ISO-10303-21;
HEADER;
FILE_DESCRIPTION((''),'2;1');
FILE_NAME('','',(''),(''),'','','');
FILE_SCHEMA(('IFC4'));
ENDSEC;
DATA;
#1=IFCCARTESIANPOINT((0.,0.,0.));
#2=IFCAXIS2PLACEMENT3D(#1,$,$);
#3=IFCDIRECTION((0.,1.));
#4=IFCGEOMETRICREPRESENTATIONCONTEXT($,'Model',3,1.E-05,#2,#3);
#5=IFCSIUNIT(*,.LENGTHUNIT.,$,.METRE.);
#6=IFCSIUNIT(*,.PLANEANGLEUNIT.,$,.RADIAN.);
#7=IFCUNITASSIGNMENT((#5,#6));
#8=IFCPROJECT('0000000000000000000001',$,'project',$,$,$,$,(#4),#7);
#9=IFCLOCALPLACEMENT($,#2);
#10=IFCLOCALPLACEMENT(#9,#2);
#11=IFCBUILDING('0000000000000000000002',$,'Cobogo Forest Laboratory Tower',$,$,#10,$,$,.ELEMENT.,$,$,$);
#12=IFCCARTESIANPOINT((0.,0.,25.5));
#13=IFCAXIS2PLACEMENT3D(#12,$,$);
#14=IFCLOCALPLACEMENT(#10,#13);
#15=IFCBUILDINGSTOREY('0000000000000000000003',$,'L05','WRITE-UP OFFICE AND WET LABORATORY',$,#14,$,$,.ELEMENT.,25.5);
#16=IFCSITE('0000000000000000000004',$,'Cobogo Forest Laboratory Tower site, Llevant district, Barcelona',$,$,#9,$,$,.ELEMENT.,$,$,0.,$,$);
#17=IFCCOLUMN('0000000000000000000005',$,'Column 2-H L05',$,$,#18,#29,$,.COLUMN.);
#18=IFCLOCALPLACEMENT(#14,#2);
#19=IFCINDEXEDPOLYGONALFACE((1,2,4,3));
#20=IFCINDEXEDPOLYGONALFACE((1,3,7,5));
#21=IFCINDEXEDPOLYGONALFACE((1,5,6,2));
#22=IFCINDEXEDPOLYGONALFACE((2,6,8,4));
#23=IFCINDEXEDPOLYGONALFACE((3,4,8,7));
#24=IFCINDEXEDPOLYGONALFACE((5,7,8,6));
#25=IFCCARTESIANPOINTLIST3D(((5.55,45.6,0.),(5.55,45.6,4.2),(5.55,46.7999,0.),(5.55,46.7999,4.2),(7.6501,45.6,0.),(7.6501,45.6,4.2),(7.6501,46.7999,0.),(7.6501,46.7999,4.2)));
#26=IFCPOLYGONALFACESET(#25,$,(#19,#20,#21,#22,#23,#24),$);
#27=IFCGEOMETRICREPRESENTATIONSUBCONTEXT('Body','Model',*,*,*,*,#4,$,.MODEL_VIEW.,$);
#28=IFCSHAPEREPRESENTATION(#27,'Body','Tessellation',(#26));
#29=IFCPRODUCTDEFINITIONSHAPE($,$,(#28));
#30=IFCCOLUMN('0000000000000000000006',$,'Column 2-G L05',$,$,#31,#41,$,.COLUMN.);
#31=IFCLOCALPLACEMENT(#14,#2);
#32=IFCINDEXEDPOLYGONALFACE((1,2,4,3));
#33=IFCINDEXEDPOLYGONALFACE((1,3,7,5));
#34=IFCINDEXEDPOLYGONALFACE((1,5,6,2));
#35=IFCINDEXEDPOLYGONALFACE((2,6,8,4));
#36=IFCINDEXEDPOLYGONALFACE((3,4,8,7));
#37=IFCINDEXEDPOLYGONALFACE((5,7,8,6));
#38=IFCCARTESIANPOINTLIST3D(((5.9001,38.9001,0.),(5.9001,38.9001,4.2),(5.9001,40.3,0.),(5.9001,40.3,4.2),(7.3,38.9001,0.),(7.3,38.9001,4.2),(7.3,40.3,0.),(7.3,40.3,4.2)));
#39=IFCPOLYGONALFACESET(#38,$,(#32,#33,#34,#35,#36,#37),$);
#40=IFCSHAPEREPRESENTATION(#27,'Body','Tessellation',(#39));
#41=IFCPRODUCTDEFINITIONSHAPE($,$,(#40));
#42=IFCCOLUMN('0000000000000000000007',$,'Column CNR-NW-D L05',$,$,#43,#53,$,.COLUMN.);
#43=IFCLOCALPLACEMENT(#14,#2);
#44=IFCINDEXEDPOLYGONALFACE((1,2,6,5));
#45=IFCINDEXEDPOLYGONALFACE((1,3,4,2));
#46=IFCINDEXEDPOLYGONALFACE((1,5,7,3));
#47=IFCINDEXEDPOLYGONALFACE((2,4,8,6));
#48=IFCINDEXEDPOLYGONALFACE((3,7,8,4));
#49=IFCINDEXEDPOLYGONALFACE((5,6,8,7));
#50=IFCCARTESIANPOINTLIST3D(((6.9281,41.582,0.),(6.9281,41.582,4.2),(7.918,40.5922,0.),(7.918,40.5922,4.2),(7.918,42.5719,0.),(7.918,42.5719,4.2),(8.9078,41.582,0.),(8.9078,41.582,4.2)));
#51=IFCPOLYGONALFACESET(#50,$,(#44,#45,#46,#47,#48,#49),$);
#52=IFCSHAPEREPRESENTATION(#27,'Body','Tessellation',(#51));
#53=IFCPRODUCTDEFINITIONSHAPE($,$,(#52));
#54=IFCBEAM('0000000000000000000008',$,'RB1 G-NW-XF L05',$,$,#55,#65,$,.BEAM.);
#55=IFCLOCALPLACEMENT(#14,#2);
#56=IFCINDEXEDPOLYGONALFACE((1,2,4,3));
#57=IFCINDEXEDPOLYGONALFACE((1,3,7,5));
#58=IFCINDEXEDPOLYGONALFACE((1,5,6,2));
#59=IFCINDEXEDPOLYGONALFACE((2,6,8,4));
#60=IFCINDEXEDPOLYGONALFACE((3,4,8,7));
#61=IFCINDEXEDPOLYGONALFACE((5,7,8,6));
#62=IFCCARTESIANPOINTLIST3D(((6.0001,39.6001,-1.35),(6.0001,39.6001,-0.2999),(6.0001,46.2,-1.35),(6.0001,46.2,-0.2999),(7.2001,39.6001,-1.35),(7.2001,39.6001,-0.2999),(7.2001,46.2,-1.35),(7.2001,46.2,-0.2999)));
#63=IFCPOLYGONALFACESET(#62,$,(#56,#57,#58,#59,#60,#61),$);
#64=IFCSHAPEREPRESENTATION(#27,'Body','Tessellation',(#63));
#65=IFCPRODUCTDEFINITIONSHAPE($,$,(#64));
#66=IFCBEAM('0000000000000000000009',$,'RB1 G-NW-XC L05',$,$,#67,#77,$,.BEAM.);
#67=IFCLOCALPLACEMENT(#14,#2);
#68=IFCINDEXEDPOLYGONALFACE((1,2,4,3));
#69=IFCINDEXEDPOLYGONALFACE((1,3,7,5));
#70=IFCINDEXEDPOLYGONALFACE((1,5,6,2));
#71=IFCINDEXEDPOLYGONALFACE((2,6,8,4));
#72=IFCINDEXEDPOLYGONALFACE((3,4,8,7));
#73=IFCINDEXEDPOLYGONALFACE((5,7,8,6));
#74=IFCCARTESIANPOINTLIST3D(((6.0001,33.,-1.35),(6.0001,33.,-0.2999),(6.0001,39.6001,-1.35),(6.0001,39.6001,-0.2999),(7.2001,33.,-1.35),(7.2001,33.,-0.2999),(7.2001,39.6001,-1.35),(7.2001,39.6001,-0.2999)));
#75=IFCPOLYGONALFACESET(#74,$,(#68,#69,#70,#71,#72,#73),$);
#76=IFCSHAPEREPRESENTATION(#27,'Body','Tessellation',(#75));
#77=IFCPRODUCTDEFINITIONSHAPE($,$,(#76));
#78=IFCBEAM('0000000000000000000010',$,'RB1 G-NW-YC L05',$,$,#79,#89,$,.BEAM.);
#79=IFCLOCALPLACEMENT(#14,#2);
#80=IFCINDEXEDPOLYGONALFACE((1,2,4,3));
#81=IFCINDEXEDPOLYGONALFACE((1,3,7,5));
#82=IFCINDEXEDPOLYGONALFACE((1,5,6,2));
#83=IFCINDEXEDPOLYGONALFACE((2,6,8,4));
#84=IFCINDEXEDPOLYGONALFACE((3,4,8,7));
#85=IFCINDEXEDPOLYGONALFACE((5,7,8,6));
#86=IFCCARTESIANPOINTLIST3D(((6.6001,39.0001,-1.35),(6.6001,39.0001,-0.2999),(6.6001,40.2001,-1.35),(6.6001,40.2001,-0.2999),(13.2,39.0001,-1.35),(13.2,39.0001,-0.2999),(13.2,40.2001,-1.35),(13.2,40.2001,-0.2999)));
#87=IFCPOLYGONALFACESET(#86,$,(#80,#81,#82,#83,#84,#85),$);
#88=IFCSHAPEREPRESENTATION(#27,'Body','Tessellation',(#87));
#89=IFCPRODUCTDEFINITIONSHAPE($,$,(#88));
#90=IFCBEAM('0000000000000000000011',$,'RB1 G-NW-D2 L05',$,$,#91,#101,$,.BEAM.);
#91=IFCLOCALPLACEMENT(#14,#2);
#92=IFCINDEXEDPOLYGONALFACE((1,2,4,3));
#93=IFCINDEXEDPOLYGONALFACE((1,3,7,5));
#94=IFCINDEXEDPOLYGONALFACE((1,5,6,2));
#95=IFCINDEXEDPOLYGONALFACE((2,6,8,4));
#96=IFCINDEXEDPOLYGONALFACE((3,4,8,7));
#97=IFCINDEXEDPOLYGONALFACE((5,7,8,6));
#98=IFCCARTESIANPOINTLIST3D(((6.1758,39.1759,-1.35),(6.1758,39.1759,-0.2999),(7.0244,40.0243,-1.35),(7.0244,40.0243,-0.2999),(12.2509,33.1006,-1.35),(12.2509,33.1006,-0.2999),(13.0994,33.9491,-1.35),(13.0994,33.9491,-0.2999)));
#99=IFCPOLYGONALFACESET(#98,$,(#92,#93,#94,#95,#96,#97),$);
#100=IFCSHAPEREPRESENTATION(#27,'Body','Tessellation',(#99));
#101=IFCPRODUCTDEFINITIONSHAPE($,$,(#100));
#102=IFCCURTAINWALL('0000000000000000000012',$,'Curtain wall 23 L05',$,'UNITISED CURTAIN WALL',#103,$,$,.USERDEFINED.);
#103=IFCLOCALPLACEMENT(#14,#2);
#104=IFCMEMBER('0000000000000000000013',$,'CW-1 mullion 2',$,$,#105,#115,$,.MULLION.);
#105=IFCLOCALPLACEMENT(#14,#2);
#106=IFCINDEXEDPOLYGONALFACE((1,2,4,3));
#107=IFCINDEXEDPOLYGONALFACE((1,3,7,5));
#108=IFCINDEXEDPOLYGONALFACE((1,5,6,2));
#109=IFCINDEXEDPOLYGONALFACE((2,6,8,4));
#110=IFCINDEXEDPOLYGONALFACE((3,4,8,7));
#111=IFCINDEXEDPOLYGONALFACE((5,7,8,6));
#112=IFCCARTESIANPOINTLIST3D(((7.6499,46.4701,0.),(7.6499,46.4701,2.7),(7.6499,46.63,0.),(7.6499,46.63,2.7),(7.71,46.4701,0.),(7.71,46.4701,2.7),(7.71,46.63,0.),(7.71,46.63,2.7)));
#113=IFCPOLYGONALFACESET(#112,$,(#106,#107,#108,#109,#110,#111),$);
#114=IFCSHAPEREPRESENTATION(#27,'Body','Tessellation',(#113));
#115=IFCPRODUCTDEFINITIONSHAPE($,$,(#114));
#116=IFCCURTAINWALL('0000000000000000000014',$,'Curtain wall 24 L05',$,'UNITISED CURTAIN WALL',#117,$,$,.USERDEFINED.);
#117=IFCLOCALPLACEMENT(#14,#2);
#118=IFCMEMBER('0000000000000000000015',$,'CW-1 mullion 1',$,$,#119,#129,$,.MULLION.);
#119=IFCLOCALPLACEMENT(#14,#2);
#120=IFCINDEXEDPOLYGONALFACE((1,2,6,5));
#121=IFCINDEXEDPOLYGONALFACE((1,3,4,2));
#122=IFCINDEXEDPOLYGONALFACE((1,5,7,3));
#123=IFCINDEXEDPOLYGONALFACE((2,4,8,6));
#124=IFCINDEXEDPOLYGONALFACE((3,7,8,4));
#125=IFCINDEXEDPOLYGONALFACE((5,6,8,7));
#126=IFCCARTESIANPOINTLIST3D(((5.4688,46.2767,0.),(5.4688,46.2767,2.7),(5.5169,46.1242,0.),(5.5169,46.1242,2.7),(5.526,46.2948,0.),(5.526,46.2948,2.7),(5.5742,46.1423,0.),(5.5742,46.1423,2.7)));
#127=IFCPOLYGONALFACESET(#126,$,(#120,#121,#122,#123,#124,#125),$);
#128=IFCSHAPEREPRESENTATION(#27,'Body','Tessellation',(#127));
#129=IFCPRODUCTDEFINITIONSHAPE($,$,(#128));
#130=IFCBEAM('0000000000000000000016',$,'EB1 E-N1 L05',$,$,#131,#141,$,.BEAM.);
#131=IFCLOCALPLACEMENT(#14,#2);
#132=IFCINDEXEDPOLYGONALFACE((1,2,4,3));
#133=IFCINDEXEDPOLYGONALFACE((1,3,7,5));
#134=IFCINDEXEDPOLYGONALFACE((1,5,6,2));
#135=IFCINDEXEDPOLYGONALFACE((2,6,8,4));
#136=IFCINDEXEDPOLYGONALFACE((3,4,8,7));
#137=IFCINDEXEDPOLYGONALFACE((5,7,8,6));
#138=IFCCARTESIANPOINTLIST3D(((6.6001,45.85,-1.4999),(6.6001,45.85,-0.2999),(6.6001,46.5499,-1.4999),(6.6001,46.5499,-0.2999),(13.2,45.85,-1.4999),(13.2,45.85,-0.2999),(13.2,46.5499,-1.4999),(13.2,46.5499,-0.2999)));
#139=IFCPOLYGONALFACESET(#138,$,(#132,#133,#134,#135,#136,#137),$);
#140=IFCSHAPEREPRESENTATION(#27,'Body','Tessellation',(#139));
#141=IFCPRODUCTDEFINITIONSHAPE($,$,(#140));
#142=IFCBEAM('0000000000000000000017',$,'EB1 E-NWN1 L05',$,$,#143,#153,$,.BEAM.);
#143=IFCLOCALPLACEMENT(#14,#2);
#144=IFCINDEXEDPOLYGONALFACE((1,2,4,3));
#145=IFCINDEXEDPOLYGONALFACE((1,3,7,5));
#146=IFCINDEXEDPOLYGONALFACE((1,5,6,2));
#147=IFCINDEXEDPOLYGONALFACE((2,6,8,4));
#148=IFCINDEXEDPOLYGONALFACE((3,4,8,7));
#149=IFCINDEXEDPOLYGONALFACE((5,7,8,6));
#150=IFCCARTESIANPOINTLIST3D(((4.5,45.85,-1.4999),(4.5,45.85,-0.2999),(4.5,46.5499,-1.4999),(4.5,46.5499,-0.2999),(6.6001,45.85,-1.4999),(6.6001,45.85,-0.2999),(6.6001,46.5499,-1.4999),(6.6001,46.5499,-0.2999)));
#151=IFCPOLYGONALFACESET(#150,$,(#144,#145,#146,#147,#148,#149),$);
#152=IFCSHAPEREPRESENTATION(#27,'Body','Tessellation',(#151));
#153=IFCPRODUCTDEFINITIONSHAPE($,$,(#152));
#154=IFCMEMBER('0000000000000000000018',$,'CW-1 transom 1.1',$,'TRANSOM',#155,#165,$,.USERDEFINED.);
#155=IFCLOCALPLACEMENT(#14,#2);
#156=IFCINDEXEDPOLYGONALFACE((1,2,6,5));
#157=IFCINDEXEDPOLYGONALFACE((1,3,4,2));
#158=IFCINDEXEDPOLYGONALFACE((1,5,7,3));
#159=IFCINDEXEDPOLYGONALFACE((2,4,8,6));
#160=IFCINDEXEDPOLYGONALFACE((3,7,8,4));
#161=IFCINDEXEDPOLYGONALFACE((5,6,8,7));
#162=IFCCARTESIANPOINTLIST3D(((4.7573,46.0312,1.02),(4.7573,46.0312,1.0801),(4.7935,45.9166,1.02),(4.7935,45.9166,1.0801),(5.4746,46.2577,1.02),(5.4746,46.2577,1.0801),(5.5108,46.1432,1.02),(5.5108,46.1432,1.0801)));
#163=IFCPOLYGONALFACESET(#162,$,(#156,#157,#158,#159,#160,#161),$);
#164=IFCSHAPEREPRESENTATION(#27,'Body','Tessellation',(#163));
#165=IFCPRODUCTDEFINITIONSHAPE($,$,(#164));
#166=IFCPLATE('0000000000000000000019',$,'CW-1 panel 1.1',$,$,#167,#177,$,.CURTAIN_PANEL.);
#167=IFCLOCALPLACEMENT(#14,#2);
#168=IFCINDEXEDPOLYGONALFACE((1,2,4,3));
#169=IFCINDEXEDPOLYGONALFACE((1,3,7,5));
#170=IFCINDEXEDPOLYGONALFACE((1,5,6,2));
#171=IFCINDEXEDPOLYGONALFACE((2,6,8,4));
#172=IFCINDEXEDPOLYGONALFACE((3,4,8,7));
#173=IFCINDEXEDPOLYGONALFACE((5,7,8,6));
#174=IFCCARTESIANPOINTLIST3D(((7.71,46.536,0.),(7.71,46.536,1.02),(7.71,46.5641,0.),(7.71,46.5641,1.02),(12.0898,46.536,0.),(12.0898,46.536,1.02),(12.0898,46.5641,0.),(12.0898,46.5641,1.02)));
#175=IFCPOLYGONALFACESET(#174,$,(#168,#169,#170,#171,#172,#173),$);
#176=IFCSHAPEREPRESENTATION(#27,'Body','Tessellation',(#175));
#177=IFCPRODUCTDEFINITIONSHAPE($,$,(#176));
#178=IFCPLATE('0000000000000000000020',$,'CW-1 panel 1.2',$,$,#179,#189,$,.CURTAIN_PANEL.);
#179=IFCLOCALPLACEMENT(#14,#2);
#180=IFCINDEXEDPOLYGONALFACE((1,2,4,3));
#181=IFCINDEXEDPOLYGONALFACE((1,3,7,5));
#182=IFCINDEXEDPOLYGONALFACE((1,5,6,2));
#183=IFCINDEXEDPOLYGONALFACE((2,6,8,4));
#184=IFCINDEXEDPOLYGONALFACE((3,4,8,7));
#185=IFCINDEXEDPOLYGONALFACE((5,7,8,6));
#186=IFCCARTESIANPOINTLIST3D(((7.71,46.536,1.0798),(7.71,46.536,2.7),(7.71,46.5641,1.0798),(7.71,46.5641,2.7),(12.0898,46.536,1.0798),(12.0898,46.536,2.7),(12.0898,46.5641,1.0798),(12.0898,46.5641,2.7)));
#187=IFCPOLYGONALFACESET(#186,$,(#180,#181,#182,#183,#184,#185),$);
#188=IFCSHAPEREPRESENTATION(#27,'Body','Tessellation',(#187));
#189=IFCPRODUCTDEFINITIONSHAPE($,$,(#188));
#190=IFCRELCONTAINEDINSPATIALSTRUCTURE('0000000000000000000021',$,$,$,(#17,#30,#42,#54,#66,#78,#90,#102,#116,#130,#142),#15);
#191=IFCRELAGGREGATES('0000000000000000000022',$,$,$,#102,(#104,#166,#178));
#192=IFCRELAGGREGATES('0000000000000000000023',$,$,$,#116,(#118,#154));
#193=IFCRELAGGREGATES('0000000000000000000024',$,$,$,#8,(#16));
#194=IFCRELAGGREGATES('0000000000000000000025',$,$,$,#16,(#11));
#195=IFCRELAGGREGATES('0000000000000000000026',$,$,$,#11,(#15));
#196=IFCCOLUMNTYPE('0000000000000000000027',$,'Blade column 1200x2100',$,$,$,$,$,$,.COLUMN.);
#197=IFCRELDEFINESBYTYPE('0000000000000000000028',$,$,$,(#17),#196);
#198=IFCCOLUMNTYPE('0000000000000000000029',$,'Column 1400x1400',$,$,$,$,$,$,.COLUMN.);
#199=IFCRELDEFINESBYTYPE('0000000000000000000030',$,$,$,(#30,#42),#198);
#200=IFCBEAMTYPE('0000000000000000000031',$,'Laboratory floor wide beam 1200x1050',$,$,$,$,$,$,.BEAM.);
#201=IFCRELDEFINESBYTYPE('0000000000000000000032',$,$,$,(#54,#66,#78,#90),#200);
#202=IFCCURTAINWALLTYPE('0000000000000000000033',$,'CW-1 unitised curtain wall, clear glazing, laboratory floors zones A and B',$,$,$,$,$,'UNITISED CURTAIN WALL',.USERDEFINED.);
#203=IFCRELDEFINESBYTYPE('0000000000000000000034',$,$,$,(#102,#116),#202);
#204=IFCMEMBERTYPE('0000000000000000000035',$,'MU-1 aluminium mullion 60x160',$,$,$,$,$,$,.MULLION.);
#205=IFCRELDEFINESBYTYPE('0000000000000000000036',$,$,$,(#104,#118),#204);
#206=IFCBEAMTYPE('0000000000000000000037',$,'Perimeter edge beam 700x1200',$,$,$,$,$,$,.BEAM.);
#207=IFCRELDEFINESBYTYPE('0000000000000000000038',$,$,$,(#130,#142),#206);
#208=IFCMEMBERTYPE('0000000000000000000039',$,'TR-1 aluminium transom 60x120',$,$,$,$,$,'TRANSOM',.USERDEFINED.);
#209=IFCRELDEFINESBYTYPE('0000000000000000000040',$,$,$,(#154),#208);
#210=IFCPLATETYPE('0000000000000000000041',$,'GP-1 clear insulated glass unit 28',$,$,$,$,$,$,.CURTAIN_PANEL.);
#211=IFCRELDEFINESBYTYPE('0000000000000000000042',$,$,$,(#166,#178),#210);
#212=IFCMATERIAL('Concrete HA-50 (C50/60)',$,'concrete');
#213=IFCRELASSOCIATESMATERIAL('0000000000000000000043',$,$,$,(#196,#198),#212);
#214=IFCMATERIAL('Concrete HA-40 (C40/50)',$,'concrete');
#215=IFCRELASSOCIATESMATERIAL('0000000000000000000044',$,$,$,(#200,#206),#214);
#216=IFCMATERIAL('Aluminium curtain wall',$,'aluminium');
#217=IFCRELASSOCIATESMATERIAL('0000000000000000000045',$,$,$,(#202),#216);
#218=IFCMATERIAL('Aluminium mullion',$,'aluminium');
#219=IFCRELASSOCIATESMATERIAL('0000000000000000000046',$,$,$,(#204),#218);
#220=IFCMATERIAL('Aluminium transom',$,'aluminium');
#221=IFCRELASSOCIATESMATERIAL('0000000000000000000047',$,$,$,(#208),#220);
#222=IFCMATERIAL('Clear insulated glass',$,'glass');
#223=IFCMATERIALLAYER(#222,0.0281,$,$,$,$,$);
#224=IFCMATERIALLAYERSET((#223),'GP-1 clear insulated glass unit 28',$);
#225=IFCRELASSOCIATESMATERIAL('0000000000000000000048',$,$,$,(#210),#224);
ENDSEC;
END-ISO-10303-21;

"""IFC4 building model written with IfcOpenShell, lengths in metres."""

from ifc_helpers import new_model, si_unit, direction, frame, origin, origin_2d, place, context, subcontext, project, spatial, rectangle, extrude, material, layer, layer_set, material_profile, profile_set, type_object, element, aggregate, save


model = new_model("IFC4")

# Units and contexts
model_context = context("Model", 3, precision=1e-05, world=origin(), true_north=direction((0.0, 1.0)))
body_context = subcontext(model_context, "Body", "Model", "MODEL_VIEW")
ifc_project = project(units=[si_unit("LENGTHUNIT", "METRE"), si_unit("PLANEANGLEUNIT", "RADIAN")], contexts=[model_context])

# Site, building, storey
site_placement = place(None, origin())
site = spatial("IfcSite", under=ifc_project, at=site_placement, Name="Cobogo Forest Laboratory Tower site, Llevant district, Barcelona", CompositionType="ELEMENT", RefElevation=0.0)
building_placement = place(site_placement, origin())
building = spatial("IfcBuilding", under=site, at=building_placement, Name="Cobogo Forest Laboratory Tower", CompositionType="ELEMENT")
storey_placement = place(building_placement, frame((0.0, 0.0, 25.5)))
storey = spatial("IfcBuildingStorey", under=building, at=storey_placement, Name="L05", Description="WRITE-UP OFFICE AND WET LABORATORY", CompositionType="ELEMENT", Elevation=25.5)

# Columns
ifc_material_1 = material(Name="Concrete HA-50 (C50/60)", Category="concrete")
ifc_material_profile_1 = material_profile(ifc_material_1, rectangle(XDim=2.1001, YDim=1.2, at=origin_2d()), Name="RC 1200x2100")
ifc_profile_set_1 = profile_set([ifc_material_profile_1], Name="Concrete HA-50 (C50/60)")
column_type_1 = type_object("IfcColumnType", Name="Blade column 1200x2100", PredefinedType="COLUMN", material=ifc_profile_set_1)
column_placement = place(storey_placement, frame((6.6001, 46.2, 0.0), z_axis=(0.0, 0.0, 1.0), x_axis=(1.0, 0.0, 0.0)))
element("IfcColumn", 1, at=column_placement, inside=storey, type_object=column_type_1, Name="Column 2-H L05", PredefinedType="COLUMN", context=body_context, shape_type="SweptSolid", body=[
    extrude(rectangle(XDim=2.1001, YDim=1.2, at=origin_2d()), origin(), (0.0, 0.0, 1.0), 4.2),
])
ifc_material_profile_2 = material_profile(ifc_material_1, rectangle(XDim=1.3999, YDim=1.3999, at=origin_2d()), Name="RC 1400x1400")
ifc_profile_set_2 = profile_set([ifc_material_profile_2], Name="Concrete HA-50 (C50/60)")
column_type_2 = type_object("IfcColumnType", Name="Column 1400x1400", PredefinedType="COLUMN", material=ifc_profile_set_2)
for number, where, z_axis, x_axis, name in (
    (2, (6.6001, 39.6001, 0.0), (0.0, 0.0, 1.0), (1.0, 0.0, 0.0), "Column 2-G L05"),
    (3, (7.918, 41.582, 0.0), (0.0, 0.0, 1.0), (0.707107, 0.707107, 0.0), "Column CNR-NW-D L05"),
):
    element("IfcColumn", number, at=place(storey_placement, frame(where, z_axis=z_axis, x_axis=x_axis)), inside=storey, type_object=column_type_2, Name=name, PredefinedType="COLUMN", context=body_context, shape_type="SweptSolid", body=[
        extrude(rectangle(XDim=1.3999, YDim=1.3999, at=origin_2d()), origin(), (0.0, 0.0, 1.0), 4.2),
    ])

# Beams
ifc_material_2 = material(Name="Concrete HA-40 (C40/50)", Category="concrete")
ifc_material_profile_3 = material_profile(ifc_material_2, rectangle(XDim=1.2, YDim=1.05, at=origin_2d()), Name="RC 1200x1050")
ifc_profile_set_3 = profile_set([ifc_material_profile_3], Name="Concrete HA-40 (C40/50)")
beam_type_1 = type_object("IfcBeamType", Name="Laboratory floor wide beam 1200x1050", PredefinedType="BEAM", material=ifc_profile_set_3)
beam_1_placement = place(storey_placement, frame((6.6001, 46.2, -0.825), z_axis=(0.0, -1.0, 0.0), x_axis=(1.0, 0.0, 0.0)))
element("IfcBeam", 4, at=beam_1_placement, inside=storey, type_object=beam_type_1, Name="RB1 G-NW-XF L05", PredefinedType="BEAM", context=body_context, shape_type="SweptSolid", body=[
    extrude(rectangle(XDim=1.2, YDim=1.05, at=origin_2d()), origin(), (0.0, 0.0, 1.0), 6.5999),
])
beam_2_placement = place(storey_placement, frame((6.6001, 39.6001, -0.825), z_axis=(0.0, -1.0, 0.0), x_axis=(1.0, 0.0, 0.0)))
element("IfcBeam", 5, at=beam_2_placement, inside=storey, type_object=beam_type_1, Name="RB1 G-NW-XC L05", PredefinedType="BEAM", context=body_context, shape_type="SweptSolid", body=[
    extrude(rectangle(XDim=1.2, YDim=1.05, at=origin_2d()), origin(), (0.0, 0.0, 1.0), 6.6001),
])
beam_3_placement = place(storey_placement, frame((6.6001, 39.6001, -0.825), z_axis=(1.0, 0.0, 0.0), x_axis=(0.0, 1.0, 0.0)))
element("IfcBeam", 6, at=beam_3_placement, inside=storey, type_object=beam_type_1, Name="RB1 G-NW-YC L05", PredefinedType="BEAM", context=body_context, shape_type="SweptSolid", body=[
    extrude(rectangle(XDim=1.2, YDim=1.05, at=origin_2d()), origin(), (0.0, 0.0, 1.0), 6.5999),
])
beam_4_placement = place(storey_placement, frame((6.6001, 39.6001, -0.825), z_axis=(0.707093, -0.707121, 0.0), x_axis=(0.707121, 0.707093, 0.0)))
element("IfcBeam", 7, at=beam_4_placement, inside=storey, type_object=beam_type_1, Name="RB1 G-NW-D2 L05", PredefinedType="BEAM", context=body_context, shape_type="SweptSolid", body=[
    extrude(rectangle(XDim=1.2, YDim=1.05, at=origin_2d()), origin(), (0.0, 0.0, 1.0), 8.5916),
])

# Curtain walls, members
ifc_material_3 = material(Name="Aluminium curtain wall", Category="aluminium")
curtain_wall_type = type_object("IfcCurtainWallType", Name="CW-1 unitised curtain wall, clear glazing, laboratory floors zones A and B", ElementType="UNITISED CURTAIN WALL", PredefinedType="USERDEFINED", material=ifc_material_3)
curtain_wall_1_placement = place(storey_placement, origin())
curtain_wall_1 = element("IfcCurtainWall", 8, at=curtain_wall_1_placement, inside=storey, type_object=curtain_wall_type, Name="Curtain wall 23 L05", ObjectType="UNITISED CURTAIN WALL", PredefinedType="USERDEFINED")
ifc_material_4 = material(Name="Aluminium mullion", Category="aluminium")
ifc_material_profile_4 = material_profile(ifc_material_4, rectangle(XDim=0.0601, YDim=0.1599, at=origin_2d()), Name="AL 60x160")
ifc_profile_set_4 = profile_set([ifc_material_profile_4], Name="Aluminium mullion")
member_type_1 = type_object("IfcMemberType", Name="MU-1 aluminium mullion 60x160", PredefinedType="MULLION", material=ifc_profile_set_4)
member_1_placement = place(storey_placement, frame((7.6799, 46.55, 0.0), z_axis=(0.0, 0.0, 1.0), x_axis=(-1.0, 0.0, 0.0)))
member_1 = element("IfcMember", 9, at=member_1_placement, type_object=member_type_1, Name="CW-1 mullion 2", PredefinedType="MULLION", context=body_context, shape_type="SweptSolid", body=[
    extrude(rectangle(XDim=0.0601, YDim=0.1599, at=origin_2d()), origin(), (0.0, 0.0, 1.0), 2.7),
])
curtain_wall_2_placement = place(storey_placement, origin())
curtain_wall_2 = element("IfcCurtainWall", 10, at=curtain_wall_2_placement, inside=storey, type_object=curtain_wall_type, Name="Curtain wall 24 L05", ObjectType="UNITISED CURTAIN WALL", PredefinedType="USERDEFINED")
member_2_placement = place(storey_placement, frame((5.5215, 46.2095, 0.0), z_axis=(0.0, 0.0, 1.0), x_axis=(-0.953582, -0.301135, 0.0)))
member_2 = element("IfcMember", 11, at=member_2_placement, type_object=member_type_1, Name="CW-1 mullion 1", PredefinedType="MULLION", context=body_context, shape_type="SweptSolid", body=[
    extrude(rectangle(XDim=0.0601, YDim=0.1599, at=origin_2d()), origin(), (0.0, 0.0, 1.0), 2.7),
])

# Beams
ifc_material_profile_5 = material_profile(ifc_material_2, rectangle(XDim=0.7, YDim=1.2, at=origin_2d()), Name="RC 700x1200")
ifc_profile_set_5 = profile_set([ifc_material_profile_5], Name="Concrete HA-40 (C40/50)")
beam_type_2 = type_object("IfcBeamType", Name="Perimeter edge beam 700x1200", PredefinedType="BEAM", material=ifc_profile_set_5)
beam_5_placement = place(storey_placement, frame((6.6001, 46.2, -0.8999), z_axis=(1.0, 0.0, 0.0), x_axis=(0.0, 1.0, 0.0)))
element("IfcBeam", 12, at=beam_5_placement, inside=storey, type_object=beam_type_2, Name="EB1 E-N1 L05", PredefinedType="BEAM", context=body_context, shape_type="SweptSolid", body=[
    extrude(rectangle(XDim=0.7, YDim=1.2, at=origin_2d()), origin(), (0.0, 0.0, 1.0), 6.5999),
])
beam_6_placement = place(storey_placement, frame((6.6001, 46.2, -0.8999), z_axis=(-1.0, 0.0, 0.0), x_axis=(0.0, -1.0, 0.0)))
element("IfcBeam", 13, at=beam_6_placement, inside=storey, type_object=beam_type_2, Name="EB1 E-NWN1 L05", PredefinedType="BEAM", context=body_context, shape_type="SweptSolid", body=[
    extrude(rectangle(XDim=0.7, YDim=1.2, at=origin_2d()), origin(), (0.0, 0.0, 1.0), 2.1001),
])

# Member
ifc_material_5 = material(Name="Aluminium transom", Category="aluminium")
ifc_material_profile_6 = material_profile(ifc_material_5, rectangle(XDim=0.1201, YDim=0.0601, at=origin_2d()), Name="AL 60x120")
ifc_profile_set_6 = profile_set([ifc_material_profile_6], Name="Aluminium transom")
member_type_2 = type_object("IfcMemberType", Name="TR-1 aluminium transom 60x120", ElementType="TRANSOM", PredefinedType="USERDEFINED", material=ifc_profile_set_6)
member_3_placement = place(storey_placement, frame((5.4927, 46.2004, 1.05), z_axis=(-0.953563, -0.301194, 0.0), x_axis=(0.301194, -0.953563, 0.0)))
member_3 = element("IfcMember", 14, at=member_3_placement, type_object=member_type_2, Name="CW-1 transom 1.1", ObjectType="TRANSOM", PredefinedType="USERDEFINED", context=body_context, shape_type="SweptSolid", body=[
    extrude(rectangle(XDim=0.1201, YDim=0.0601, at=origin_2d()), origin(), (0.0, 0.0, 1.0), 0.7522),
])

# Plates
ifc_material_6 = material(Name="Clear insulated glass", Category="glass")
ifc_layer_1 = layer(ifc_material_6, 0.0281)
ifc_layer_set_1 = layer_set([ifc_layer_1], Name="GP-1 clear insulated glass unit 28")
plate_type_1 = type_object("IfcPlateType", Name="GP-1 clear insulated glass unit 28", PredefinedType="CURTAIN_PANEL", material=ifc_layer_set_1)
plate_1_placement = place(storey_placement, frame((9.8999, 46.55, 0.0), z_axis=(0.0, 0.0, 1.0), x_axis=(-1.0, 0.0, 0.0)))
plate_1 = element("IfcPlate", 15, at=plate_1_placement, type_object=plate_type_1, Name="CW-1 panel 1.1", PredefinedType="CURTAIN_PANEL", context=body_context, shape_type="SweptSolid", body=[
    extrude(rectangle(XDim=4.3799, YDim=0.0281, at=origin_2d()), origin(), (0.0, 0.0, 1.0), 1.02),
])
plate_2_placement = place(storey_placement, frame((9.8999, 46.55, 1.0798), z_axis=(0.0, 0.0, 1.0), x_axis=(-1.0, 0.0, 0.0)))
plate_2 = element("IfcPlate", 16, at=plate_2_placement, type_object=plate_type_1, Name="CW-1 panel 1.2", PredefinedType="CURTAIN_PANEL", context=body_context, shape_type="SweptSolid", body=[
    extrude(rectangle(XDim=4.3799, YDim=0.0281, at=origin_2d()), origin(), (0.0, 0.0, 1.0), 1.6201),
])
aggregate(curtain_wall_1, [member_1, plate_1, plate_2])
aggregate(curtain_wall_2, [member_2, member_3])

save(model, "model.ifc")
